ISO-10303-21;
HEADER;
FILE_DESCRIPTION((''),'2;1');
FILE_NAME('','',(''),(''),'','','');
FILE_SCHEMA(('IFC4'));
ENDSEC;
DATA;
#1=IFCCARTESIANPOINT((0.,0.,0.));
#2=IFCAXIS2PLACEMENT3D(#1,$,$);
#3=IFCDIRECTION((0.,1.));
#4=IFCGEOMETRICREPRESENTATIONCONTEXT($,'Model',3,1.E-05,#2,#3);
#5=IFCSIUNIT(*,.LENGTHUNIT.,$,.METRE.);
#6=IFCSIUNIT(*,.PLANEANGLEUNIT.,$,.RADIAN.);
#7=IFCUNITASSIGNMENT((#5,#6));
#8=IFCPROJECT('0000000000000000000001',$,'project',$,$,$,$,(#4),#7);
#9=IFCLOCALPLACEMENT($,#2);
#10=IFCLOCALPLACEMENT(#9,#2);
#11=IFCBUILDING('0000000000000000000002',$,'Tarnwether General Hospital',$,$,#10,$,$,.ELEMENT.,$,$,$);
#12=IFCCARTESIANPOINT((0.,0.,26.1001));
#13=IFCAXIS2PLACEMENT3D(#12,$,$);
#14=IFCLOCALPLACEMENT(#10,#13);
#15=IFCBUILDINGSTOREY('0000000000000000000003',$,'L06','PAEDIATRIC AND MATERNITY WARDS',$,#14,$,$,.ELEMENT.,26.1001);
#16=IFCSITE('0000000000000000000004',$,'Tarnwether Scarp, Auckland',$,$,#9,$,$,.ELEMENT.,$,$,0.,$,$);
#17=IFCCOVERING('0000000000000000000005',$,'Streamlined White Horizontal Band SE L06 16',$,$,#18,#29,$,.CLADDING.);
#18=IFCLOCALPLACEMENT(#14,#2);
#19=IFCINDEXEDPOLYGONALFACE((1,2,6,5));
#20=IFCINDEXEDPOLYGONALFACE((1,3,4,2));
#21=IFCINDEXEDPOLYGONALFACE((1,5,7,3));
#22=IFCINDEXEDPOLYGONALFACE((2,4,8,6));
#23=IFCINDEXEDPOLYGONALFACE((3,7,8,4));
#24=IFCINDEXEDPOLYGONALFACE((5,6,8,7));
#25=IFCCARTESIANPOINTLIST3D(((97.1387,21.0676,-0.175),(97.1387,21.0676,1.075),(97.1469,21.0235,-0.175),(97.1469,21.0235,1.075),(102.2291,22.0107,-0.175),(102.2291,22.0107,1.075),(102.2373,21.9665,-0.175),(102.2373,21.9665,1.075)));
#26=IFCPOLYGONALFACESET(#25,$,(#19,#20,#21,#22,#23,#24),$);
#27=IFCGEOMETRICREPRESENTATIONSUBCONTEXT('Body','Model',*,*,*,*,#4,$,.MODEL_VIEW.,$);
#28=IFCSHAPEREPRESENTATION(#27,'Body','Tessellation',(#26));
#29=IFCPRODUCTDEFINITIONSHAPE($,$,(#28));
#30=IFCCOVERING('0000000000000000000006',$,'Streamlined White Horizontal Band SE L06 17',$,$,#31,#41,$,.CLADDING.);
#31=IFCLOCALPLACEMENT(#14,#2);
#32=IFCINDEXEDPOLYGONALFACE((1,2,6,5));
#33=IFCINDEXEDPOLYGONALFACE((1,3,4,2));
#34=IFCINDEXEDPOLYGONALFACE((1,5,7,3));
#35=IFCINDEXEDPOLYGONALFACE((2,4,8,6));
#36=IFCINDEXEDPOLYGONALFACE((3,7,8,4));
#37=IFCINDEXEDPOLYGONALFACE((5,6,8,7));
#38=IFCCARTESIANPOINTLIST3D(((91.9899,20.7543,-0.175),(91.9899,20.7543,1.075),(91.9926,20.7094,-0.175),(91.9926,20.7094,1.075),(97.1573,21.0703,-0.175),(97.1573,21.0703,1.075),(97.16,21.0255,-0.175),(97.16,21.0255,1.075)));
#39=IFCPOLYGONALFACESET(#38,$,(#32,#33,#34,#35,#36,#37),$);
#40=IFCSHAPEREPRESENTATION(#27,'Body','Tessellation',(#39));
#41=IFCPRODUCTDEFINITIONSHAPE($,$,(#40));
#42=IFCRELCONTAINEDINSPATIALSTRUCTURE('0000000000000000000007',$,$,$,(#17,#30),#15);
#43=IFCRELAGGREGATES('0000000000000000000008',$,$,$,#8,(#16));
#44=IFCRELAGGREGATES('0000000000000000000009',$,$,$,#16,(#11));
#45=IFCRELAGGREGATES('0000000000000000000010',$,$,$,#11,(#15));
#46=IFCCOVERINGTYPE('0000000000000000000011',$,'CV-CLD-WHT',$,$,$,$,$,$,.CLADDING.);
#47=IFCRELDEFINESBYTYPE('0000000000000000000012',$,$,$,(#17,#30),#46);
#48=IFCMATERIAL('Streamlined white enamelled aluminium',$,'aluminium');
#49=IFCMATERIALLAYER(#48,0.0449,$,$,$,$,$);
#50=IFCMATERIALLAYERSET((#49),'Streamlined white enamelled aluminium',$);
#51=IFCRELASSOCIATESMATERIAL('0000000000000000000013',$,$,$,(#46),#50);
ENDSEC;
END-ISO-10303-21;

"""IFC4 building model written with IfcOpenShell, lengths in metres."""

from ifc_helpers import new_model, si_unit, direction, frame, origin, origin_2d, place, context, subcontext, project, spatial, rectangle, extrude, material, layer, layer_set, type_object, element, save


model = new_model("IFC4")

# Units and contexts
model_context = context("Model", 3, precision=1e-05, world=origin(), true_north=direction((0.0, 1.0)))
body_context = subcontext(model_context, "Body", "Model", "MODEL_VIEW")
ifc_project = project(units=[si_unit("LENGTHUNIT", "METRE"), si_unit("PLANEANGLEUNIT", "RADIAN")], contexts=[model_context])

# Site, building, storey
site_placement = place(None, origin())
site = spatial("IfcSite", under=ifc_project, at=site_placement, Name="Tarnwether Scarp, Auckland", CompositionType="ELEMENT", RefElevation=0.0)
building_placement = place(site_placement, origin())
building = spatial("IfcBuilding", under=site, at=building_placement, Name="Tarnwether General Hospital", CompositionType="ELEMENT")
storey_placement = place(building_placement, frame((0.0, 0.0, 26.1001)))
storey = spatial("IfcBuildingStorey", under=building, at=storey_placement, Name="L06", Description="PAEDIATRIC AND MATERNITY WARDS", CompositionType="ELEMENT", Elevation=26.1001)

# Coverings
ifc_material_1 = material(Name="Streamlined white enamelled aluminium", Category="aluminium")
ifc_layer_1 = layer(ifc_material_1, 0.0449)
ifc_layer_set_1 = layer_set([ifc_layer_1], Name="Streamlined white enamelled aluminium")
covering_type = type_object("IfcCoveringType", Name="CV-CLD-WHT", PredefinedType="CLADDING", material=ifc_layer_set_1)
for number, where, z_axis, x_axis, name in (
    (1, (99.688, 21.5171, -0.175), (0.0, 0.0, 1.0), (0.983268, 0.182167, 0.0), "Streamlined White Horizontal Band SE L06 16"),
    (2, (94.575, 20.8899, -0.175), (0.0, 0.0, 1.0), (0.998135, 0.061049, 0.0), "Streamlined White Horizontal Band SE L06 17"),
):
    element("IfcCovering", number, at=place(storey_placement, frame(where, z_axis=z_axis, x_axis=x_axis)), inside=storey, type_object=covering_type, Name=name, PredefinedType="CLADDING", context=body_context, shape_type="SweptSolid", body=[
        extrude(rectangle(XDim=5.177, YDim=0.0449, at=origin_2d()), origin(), (0.0, 0.0, 1.0), 1.25),
    ])

save(model, "model.ifc")
